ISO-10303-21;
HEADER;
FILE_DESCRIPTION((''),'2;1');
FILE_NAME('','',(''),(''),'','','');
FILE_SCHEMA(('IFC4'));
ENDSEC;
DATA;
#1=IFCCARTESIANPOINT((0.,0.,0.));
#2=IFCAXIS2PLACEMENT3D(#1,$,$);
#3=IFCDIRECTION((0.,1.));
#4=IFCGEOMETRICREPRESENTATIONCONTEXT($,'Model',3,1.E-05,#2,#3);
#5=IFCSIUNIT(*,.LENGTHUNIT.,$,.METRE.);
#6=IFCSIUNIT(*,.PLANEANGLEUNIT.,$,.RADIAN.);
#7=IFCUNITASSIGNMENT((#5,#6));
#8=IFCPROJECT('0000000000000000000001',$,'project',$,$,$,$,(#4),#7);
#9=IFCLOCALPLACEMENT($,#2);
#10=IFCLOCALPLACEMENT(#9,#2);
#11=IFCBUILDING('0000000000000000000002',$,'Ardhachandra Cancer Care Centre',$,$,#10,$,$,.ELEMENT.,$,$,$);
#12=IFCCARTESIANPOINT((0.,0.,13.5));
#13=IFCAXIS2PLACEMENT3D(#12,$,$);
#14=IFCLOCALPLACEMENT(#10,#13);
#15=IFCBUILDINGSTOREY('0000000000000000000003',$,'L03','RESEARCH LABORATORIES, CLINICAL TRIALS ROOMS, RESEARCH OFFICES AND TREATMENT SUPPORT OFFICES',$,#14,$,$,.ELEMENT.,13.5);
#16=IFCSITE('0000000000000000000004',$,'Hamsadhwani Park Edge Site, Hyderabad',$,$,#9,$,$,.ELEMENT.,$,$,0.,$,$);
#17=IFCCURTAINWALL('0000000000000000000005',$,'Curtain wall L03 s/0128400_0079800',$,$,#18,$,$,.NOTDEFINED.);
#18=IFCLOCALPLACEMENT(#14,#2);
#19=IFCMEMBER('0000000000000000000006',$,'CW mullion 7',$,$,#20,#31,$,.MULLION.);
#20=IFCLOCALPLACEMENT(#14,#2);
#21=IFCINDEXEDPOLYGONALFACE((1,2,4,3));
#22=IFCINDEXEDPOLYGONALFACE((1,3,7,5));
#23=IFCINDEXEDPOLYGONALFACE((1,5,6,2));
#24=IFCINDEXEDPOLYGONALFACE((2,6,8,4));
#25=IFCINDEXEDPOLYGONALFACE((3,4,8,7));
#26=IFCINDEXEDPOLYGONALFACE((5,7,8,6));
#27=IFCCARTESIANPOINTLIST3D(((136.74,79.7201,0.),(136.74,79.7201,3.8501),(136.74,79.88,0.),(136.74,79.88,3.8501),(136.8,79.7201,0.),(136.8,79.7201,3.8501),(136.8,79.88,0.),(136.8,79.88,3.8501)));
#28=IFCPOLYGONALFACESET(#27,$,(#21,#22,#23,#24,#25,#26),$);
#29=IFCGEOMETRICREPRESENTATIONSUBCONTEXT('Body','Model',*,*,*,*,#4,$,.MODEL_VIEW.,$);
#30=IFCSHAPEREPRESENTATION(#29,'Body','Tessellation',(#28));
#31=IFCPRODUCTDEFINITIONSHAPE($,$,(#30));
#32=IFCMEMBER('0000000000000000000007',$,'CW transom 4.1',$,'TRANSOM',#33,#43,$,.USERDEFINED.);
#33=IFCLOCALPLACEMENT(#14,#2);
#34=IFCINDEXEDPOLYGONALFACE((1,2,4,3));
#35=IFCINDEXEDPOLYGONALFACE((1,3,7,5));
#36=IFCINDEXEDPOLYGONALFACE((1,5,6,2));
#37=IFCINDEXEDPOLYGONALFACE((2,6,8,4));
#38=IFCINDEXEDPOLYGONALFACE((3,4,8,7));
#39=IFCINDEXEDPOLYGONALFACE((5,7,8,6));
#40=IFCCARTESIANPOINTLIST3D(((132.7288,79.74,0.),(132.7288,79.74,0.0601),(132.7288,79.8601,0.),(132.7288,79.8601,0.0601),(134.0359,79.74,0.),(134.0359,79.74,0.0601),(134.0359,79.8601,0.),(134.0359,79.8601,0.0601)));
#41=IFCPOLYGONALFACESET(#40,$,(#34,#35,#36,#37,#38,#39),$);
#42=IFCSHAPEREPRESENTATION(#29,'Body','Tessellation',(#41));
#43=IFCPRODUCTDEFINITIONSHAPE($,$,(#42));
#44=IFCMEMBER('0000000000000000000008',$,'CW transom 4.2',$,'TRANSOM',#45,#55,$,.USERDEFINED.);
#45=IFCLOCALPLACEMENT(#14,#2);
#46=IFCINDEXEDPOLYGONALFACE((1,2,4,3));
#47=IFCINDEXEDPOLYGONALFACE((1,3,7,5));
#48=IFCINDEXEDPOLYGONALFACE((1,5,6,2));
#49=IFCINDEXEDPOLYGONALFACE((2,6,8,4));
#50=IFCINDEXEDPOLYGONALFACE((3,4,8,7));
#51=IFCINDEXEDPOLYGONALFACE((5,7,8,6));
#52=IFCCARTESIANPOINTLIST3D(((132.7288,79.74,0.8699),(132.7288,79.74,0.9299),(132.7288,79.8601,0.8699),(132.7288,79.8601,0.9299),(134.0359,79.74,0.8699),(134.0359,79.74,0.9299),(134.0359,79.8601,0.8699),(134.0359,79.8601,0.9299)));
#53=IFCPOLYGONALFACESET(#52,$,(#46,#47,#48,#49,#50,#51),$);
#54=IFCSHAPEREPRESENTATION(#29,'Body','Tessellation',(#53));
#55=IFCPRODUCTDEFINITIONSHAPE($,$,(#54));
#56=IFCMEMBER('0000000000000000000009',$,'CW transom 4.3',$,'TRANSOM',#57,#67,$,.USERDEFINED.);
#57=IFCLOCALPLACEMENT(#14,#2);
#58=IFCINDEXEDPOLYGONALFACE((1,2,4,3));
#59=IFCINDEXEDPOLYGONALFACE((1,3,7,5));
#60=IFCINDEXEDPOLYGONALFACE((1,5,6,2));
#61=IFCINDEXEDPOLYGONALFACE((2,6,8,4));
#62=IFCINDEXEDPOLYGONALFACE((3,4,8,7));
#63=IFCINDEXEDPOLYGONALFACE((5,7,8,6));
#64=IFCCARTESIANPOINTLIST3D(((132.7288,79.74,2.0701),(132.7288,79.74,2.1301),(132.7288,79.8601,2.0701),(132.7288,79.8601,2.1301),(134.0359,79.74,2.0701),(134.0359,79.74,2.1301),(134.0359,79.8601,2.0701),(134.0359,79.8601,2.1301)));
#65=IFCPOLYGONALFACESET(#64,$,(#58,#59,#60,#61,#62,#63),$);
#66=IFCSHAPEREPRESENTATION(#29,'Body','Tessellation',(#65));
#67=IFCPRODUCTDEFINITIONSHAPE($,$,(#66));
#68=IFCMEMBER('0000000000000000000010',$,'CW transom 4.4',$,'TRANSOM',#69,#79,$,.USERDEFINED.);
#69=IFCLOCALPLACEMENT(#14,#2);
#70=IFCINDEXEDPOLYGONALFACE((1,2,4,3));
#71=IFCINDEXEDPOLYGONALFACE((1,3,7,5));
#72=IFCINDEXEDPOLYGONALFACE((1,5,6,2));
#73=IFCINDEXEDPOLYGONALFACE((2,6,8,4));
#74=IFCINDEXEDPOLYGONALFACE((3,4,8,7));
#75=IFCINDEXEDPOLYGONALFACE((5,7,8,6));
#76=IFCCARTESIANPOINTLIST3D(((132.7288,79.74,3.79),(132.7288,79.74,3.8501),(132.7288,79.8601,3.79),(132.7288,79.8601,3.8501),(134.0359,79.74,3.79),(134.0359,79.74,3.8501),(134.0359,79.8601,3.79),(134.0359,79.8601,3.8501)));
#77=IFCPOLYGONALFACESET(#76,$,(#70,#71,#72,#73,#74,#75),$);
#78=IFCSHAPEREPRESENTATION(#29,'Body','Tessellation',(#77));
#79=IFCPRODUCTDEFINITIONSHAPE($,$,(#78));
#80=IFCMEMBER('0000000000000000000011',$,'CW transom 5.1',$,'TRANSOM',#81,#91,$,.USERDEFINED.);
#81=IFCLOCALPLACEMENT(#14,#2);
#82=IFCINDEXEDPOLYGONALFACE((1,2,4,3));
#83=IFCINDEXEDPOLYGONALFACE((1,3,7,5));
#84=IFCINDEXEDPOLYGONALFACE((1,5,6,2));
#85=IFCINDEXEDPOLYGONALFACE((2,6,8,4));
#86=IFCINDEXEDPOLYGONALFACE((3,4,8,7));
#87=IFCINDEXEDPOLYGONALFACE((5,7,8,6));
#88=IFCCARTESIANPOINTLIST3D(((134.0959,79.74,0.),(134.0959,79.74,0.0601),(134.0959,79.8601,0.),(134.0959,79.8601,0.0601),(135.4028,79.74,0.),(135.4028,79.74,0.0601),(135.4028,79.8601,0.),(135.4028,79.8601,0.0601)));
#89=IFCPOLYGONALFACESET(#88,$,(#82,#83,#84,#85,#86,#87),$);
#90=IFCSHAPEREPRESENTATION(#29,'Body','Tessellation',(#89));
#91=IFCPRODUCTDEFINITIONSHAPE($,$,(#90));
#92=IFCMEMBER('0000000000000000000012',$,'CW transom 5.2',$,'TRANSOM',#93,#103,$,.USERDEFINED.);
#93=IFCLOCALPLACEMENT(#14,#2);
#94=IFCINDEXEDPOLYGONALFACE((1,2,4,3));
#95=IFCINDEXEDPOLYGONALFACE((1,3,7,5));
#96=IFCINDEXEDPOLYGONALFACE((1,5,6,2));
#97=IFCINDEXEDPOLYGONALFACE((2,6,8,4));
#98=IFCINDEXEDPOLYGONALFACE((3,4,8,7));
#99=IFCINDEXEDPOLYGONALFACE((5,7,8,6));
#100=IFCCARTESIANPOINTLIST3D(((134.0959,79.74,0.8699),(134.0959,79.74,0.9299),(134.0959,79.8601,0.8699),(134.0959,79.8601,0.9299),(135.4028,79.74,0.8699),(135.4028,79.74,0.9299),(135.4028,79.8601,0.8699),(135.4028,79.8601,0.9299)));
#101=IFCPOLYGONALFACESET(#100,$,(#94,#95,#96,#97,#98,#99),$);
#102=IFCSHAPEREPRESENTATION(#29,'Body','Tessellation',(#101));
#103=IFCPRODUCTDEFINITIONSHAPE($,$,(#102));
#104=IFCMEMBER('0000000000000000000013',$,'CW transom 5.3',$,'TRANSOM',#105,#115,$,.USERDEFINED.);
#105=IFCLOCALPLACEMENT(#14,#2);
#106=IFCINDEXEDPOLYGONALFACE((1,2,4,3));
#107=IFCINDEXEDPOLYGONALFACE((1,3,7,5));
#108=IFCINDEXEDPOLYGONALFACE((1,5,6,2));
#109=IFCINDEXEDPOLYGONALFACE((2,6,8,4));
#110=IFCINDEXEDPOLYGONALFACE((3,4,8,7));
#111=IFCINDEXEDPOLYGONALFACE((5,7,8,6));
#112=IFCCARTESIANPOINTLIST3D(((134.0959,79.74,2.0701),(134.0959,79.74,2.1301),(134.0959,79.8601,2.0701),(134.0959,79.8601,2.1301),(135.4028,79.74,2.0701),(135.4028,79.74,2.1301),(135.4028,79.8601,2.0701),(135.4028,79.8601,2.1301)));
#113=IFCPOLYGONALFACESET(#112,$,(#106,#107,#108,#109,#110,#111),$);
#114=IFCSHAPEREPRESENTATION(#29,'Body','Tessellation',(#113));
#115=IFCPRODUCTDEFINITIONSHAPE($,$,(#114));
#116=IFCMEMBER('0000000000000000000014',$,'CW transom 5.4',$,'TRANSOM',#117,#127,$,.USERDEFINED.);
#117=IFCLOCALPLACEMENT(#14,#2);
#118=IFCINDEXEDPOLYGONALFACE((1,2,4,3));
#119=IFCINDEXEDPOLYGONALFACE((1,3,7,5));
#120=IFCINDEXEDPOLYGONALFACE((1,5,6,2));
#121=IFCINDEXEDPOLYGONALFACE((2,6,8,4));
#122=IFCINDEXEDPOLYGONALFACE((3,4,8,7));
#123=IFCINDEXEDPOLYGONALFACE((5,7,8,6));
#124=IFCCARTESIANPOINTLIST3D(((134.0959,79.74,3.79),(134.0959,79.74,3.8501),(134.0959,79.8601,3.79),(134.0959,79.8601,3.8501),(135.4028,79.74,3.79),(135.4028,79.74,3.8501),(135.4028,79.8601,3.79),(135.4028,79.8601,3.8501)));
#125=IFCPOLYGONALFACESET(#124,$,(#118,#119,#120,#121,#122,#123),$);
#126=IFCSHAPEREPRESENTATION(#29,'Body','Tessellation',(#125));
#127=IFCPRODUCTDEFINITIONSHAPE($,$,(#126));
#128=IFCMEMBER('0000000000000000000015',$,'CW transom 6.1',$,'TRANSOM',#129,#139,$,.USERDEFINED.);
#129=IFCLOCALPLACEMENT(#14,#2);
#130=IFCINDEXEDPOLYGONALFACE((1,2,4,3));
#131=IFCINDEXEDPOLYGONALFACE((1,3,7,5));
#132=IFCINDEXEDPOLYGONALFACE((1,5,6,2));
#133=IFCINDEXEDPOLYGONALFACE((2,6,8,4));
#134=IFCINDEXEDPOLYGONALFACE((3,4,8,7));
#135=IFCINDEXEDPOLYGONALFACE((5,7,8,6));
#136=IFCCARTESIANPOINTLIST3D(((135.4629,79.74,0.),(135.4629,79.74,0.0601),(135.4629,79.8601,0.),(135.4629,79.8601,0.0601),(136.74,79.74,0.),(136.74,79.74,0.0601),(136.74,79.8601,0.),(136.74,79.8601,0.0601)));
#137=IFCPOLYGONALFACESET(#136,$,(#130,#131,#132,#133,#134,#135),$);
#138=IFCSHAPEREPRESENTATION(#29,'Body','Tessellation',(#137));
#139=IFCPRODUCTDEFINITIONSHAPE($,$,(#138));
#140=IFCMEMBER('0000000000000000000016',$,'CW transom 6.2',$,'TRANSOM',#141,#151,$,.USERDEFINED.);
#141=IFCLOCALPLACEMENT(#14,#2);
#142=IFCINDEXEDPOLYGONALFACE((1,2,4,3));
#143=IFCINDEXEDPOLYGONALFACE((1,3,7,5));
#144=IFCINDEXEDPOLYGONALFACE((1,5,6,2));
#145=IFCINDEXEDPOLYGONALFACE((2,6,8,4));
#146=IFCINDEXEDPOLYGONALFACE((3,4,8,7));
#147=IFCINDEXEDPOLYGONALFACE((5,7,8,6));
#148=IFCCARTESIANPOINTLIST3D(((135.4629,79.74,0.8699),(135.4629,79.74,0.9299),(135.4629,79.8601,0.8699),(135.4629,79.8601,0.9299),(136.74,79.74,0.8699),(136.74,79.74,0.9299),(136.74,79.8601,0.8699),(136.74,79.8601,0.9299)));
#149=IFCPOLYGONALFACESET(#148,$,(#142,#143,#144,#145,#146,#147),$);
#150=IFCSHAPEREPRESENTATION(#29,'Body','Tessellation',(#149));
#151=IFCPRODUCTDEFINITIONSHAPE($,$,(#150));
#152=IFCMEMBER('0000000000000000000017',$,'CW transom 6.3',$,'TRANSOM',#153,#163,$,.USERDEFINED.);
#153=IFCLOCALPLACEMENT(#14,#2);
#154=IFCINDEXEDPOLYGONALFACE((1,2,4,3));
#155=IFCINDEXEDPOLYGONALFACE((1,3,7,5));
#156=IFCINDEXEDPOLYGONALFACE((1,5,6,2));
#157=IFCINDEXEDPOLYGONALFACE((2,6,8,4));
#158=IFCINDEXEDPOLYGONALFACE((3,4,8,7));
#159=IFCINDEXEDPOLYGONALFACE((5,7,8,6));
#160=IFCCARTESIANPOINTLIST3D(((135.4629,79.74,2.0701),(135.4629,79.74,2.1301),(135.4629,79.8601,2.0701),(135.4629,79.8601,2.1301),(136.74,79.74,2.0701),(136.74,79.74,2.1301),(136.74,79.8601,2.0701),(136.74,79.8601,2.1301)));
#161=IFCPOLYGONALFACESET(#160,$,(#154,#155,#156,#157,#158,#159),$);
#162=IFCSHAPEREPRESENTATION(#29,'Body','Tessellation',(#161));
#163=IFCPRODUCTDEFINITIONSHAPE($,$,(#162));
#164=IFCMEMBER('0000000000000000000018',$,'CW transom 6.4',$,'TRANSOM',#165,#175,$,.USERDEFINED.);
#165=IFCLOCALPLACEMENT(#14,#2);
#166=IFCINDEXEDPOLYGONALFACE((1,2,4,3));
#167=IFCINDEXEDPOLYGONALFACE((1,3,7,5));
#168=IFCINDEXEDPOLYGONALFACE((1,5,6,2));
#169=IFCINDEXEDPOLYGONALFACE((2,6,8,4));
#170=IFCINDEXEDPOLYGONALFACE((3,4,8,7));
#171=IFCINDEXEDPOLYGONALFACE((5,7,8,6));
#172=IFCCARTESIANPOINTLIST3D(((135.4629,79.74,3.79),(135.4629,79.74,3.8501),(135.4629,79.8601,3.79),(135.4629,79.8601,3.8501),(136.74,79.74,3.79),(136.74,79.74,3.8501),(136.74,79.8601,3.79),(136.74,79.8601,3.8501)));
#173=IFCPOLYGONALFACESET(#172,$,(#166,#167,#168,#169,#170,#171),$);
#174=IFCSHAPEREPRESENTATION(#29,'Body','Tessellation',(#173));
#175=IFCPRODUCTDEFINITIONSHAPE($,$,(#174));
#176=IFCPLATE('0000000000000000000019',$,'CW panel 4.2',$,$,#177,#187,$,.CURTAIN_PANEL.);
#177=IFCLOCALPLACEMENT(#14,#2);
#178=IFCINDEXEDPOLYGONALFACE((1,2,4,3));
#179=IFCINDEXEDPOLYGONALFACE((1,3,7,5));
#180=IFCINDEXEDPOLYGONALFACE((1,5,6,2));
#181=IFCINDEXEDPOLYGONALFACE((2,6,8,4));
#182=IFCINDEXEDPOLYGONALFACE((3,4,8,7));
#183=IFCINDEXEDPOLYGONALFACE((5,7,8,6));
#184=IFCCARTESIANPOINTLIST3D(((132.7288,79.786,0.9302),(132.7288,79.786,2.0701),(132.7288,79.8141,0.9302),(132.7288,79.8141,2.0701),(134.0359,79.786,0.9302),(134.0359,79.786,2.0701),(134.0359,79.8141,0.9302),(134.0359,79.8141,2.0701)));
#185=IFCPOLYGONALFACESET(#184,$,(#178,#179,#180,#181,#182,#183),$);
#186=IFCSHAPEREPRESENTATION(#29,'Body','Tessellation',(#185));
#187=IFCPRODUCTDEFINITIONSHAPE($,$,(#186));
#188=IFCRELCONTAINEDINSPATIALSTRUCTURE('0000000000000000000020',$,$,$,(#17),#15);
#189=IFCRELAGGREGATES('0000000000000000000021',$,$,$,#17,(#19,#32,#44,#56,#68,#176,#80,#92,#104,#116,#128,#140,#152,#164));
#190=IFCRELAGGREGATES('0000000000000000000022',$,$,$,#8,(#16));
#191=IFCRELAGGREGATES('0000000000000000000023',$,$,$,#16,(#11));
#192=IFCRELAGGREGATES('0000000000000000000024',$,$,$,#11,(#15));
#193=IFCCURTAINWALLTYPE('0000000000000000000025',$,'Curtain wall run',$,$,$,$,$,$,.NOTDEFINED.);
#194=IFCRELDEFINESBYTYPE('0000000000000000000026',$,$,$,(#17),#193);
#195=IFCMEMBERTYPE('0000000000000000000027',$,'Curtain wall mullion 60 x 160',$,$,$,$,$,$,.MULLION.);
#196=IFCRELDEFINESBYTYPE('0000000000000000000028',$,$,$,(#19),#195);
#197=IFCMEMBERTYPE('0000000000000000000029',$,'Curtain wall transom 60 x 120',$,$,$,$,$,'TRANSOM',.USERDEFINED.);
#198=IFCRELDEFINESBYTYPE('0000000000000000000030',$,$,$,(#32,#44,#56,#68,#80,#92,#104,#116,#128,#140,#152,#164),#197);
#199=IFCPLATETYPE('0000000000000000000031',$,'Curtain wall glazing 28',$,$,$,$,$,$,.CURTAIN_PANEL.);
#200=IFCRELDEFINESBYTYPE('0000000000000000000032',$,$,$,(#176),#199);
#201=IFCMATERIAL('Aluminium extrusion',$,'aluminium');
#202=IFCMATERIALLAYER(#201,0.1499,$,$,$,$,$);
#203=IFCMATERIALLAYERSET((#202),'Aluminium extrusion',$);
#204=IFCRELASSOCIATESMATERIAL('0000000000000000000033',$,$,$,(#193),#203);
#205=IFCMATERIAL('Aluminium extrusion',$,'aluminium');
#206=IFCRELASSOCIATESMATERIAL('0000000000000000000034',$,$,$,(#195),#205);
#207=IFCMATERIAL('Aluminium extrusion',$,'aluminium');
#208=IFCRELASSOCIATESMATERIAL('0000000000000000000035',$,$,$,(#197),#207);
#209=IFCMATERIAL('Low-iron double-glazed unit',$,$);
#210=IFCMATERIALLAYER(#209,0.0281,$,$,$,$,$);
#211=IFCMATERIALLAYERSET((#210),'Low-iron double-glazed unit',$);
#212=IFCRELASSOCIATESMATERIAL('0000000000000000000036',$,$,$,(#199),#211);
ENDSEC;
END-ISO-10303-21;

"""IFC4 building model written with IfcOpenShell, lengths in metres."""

from ifc_helpers import new_model, si_unit, direction, frame, origin, origin_2d, place, context, subcontext, project, spatial, rectangle, extrude, material, layer, layer_set, material_profile, profile_set, type_object, element, aggregate, save


model = new_model("IFC4")

# Units and contexts
model_context = context("Model", 3, precision=1e-05, world=origin(), true_north=direction((0.0, 1.0)))
body_context = subcontext(model_context, "Body", "Model", "MODEL_VIEW")
ifc_project = project(units=[si_unit("LENGTHUNIT", "METRE"), si_unit("PLANEANGLEUNIT", "RADIAN")], contexts=[model_context])

# Site, building, storey
site_placement = place(None, origin())
site = spatial("IfcSite", under=ifc_project, at=site_placement, Name="Hamsadhwani Park Edge Site, Hyderabad", CompositionType="ELEMENT", RefElevation=0.0)
building_placement = place(site_placement, origin())
building = spatial("IfcBuilding", under=site, at=building_placement, Name="Ardhachandra Cancer Care Centre", CompositionType="ELEMENT")
storey_placement = place(building_placement, frame((0.0, 0.0, 13.5)))
storey = spatial("IfcBuildingStorey", under=building, at=storey_placement, Name="L03", Description="RESEARCH LABORATORIES, CLINICAL TRIALS ROOMS, RESEARCH OFFICES AND TREATMENT SUPPORT OFFICES", CompositionType="ELEMENT", Elevation=13.5)

# Curtain wall, members, plate
ifc_material_1 = material(Name="Aluminium extrusion", Category="aluminium")
ifc_layer_1 = layer(ifc_material_1, 0.1499)
ifc_layer_set_1 = layer_set([ifc_layer_1], Name="Aluminium extrusion")
curtain_wall_type = type_object("IfcCurtainWallType", Name="Curtain wall run", PredefinedType="NOTDEFINED", material=ifc_layer_set_1)
curtain_wall_placement = place(storey_placement, origin())
curtain_wall = element("IfcCurtainWall", 1, at=curtain_wall_placement, inside=storey, type_object=curtain_wall_type, Name="Curtain wall L03 s/0128400_0079800", PredefinedType="NOTDEFINED")
ifc_material_2 = material(Name="Aluminium extrusion", Category="aluminium")
ifc_material_profile_1 = material_profile(ifc_material_2, rectangle(XDim=0.1599, YDim=0.0601, at=origin_2d()), Name="Curtain wall mullion 60 x 160")
ifc_profile_set_1 = profile_set([ifc_material_profile_1], Name="Aluminium extrusion")
member_type_1 = type_object("IfcMemberType", Name="Curtain wall mullion 60 x 160", PredefinedType="MULLION", material=ifc_profile_set_1)
member_1_placement = place(storey_placement, frame((136.77, 79.8, 0.0), z_axis=(0.0, 0.0, 1.0), x_axis=(0.0, 1.0, 0.0)))
member_1 = element("IfcMember", 2, at=member_1_placement, type_object=member_type_1, Name="CW mullion 7", PredefinedType="MULLION", context=body_context, shape_type="SweptSolid", body=[
    extrude(rectangle(XDim=0.1599, YDim=0.0601, at=origin_2d()), origin(), (0.0, 0.0, 1.0), 3.8501),
])
ifc_material_3 = material(Name="Aluminium extrusion", Category="aluminium")
ifc_material_profile_2 = material_profile(ifc_material_3, rectangle(XDim=0.1201, YDim=0.0601, at=origin_2d()), Name="Curtain wall transom 60 x 120")
ifc_profile_set_2 = profile_set([ifc_material_profile_2], Name="Aluminium extrusion")
member_type_2 = type_object("IfcMemberType", Name="Curtain wall transom 60 x 120", ElementType="TRANSOM", PredefinedType="USERDEFINED", material=ifc_profile_set_2)
member_2_placement = place(storey_placement, frame((132.7288, 79.8, 0.03), z_axis=(1.0, 0.0, 0.0), x_axis=(0.0, 1.0, 0.0)))
member_2 = element("IfcMember", 3, at=member_2_placement, type_object=member_type_2, Name="CW transom 4.1", ObjectType="TRANSOM", PredefinedType="USERDEFINED", context=body_context, shape_type="SweptSolid", body=[
    extrude(rectangle(XDim=0.1201, YDim=0.0601, at=origin_2d()), origin(), (0.0, 0.0, 1.0), 1.3071),
])
member_3_placement = place(storey_placement, frame((132.7288, 79.8, 0.8999), z_axis=(1.0, 0.0, 0.0), x_axis=(0.0, 1.0, 0.0)))
member_3 = element("IfcMember", 4, at=member_3_placement, type_object=member_type_2, Name="CW transom 4.2", ObjectType="TRANSOM", PredefinedType="USERDEFINED", context=body_context, shape_type="SweptSolid", body=[
    extrude(rectangle(XDim=0.1201, YDim=0.0601, at=origin_2d()), origin(), (0.0, 0.0, 1.0), 1.3071),
])
member_4_placement = place(storey_placement, frame((132.7288, 79.8, 2.1001), z_axis=(1.0, 0.0, 0.0), x_axis=(0.0, 1.0, 0.0)))
member_4 = element("IfcMember", 5, at=member_4_placement, type_object=member_type_2, Name="CW transom 4.3", ObjectType="TRANSOM", PredefinedType="USERDEFINED", context=body_context, shape_type="SweptSolid", body=[
    extrude(rectangle(XDim=0.1201, YDim=0.0601, at=origin_2d()), origin(), (0.0, 0.0, 1.0), 1.3071),
])
member_5_placement = place(storey_placement, frame((132.7288, 79.8, 3.8201), z_axis=(1.0, 0.0, 0.0), x_axis=(0.0, 1.0, 0.0)))
member_5 = element("IfcMember", 6, at=member_5_placement, type_object=member_type_2, Name="CW transom 4.4", ObjectType="TRANSOM", PredefinedType="USERDEFINED", context=body_context, shape_type="SweptSolid", body=[
    extrude(rectangle(XDim=0.1201, YDim=0.0601, at=origin_2d()), origin(), (0.0, 0.0, 1.0), 1.3071),
])
member_6_placement = place(storey_placement, frame((134.0959, 79.8, 0.03), z_axis=(1.0, 0.0, 0.0), x_axis=(0.0, 1.0, 0.0)))
member_6 = element("IfcMember", 7, at=member_6_placement, type_object=member_type_2, Name="CW transom 5.1", ObjectType="TRANSOM", PredefinedType="USERDEFINED", context=body_context, shape_type="SweptSolid", body=[
    extrude(rectangle(XDim=0.1201, YDim=0.0601, at=origin_2d()), origin(), (0.0, 0.0, 1.0), 1.3069),
])
member_7_placement = place(storey_placement, frame((134.0959, 79.8, 0.8999), z_axis=(1.0, 0.0, 0.0), x_axis=(0.0, 1.0, 0.0)))
member_7 = element("IfcMember", 8, at=member_7_placement, type_object=member_type_2, Name="CW transom 5.2", ObjectType="TRANSOM", PredefinedType="USERDEFINED", context=body_context, shape_type="SweptSolid", body=[
    extrude(rectangle(XDim=0.1201, YDim=0.0601, at=origin_2d()), origin(), (0.0, 0.0, 1.0), 1.3069),
])
member_8_placement = place(storey_placement, frame((134.0959, 79.8, 2.1001), z_axis=(1.0, 0.0, 0.0), x_axis=(0.0, 1.0, 0.0)))
member_8 = element("IfcMember", 9, at=member_8_placement, type_object=member_type_2, Name="CW transom 5.3", ObjectType="TRANSOM", PredefinedType="USERDEFINED", context=body_context, shape_type="SweptSolid", body=[
    extrude(rectangle(XDim=0.1201, YDim=0.0601, at=origin_2d()), origin(), (0.0, 0.0, 1.0), 1.3069),
])
member_9_placement = place(storey_placement, frame((134.0959, 79.8, 3.8201), z_axis=(1.0, 0.0, 0.0), x_axis=(0.0, 1.0, 0.0)))
member_9 = element("IfcMember", 10, at=member_9_placement, type_object=member_type_2, Name="CW transom 5.4", ObjectType="TRANSOM", PredefinedType="USERDEFINED", context=body_context, shape_type="SweptSolid", body=[
    extrude(rectangle(XDim=0.1201, YDim=0.0601, at=origin_2d()), origin(), (0.0, 0.0, 1.0), 1.3069),
])
member_10_placement = place(storey_placement, frame((135.4629, 79.8, 0.03), z_axis=(1.0, 0.0, 0.0), x_axis=(0.0, 1.0, 0.0)))
member_10 = element("IfcMember", 11, at=member_10_placement, type_object=member_type_2, Name="CW transom 6.1", ObjectType="TRANSOM", PredefinedType="USERDEFINED", context=body_context, shape_type="SweptSolid", body=[
    extrude(rectangle(XDim=0.1201, YDim=0.0601, at=origin_2d()), origin(), (0.0, 0.0, 1.0), 1.2771),
])
member_11_placement = place(storey_placement, frame((135.4629, 79.8, 0.8999), z_axis=(1.0, 0.0, 0.0), x_axis=(0.0, 1.0, 0.0)))
member_11 = element("IfcMember", 12, at=member_11_placement, type_object=member_type_2, Name="CW transom 6.2", ObjectType="TRANSOM", PredefinedType="USERDEFINED", context=body_context, shape_type="SweptSolid", body=[
    extrude(rectangle(XDim=0.1201, YDim=0.0601, at=origin_2d()), origin(), (0.0, 0.0, 1.0), 1.2771),
])
member_12_placement = place(storey_placement, frame((135.4629, 79.8, 2.1001), z_axis=(1.0, 0.0, 0.0), x_axis=(0.0, 1.0, 0.0)))
member_12 = element("IfcMember", 13, at=member_12_placement, type_object=member_type_2, Name="CW transom 6.3", ObjectType="TRANSOM", PredefinedType="USERDEFINED", context=body_context, shape_type="SweptSolid", body=[
    extrude(rectangle(XDim=0.1201, YDim=0.0601, at=origin_2d()), origin(), (0.0, 0.0, 1.0), 1.2771),
])
member_13_placement = place(storey_placement, frame((135.4629, 79.8, 3.8201), z_axis=(1.0, 0.0, 0.0), x_axis=(0.0, 1.0, 0.0)))
member_13 = element("IfcMember", 14, at=member_13_placement, type_object=member_type_2, Name="CW transom 6.4", ObjectType="TRANSOM", PredefinedType="USERDEFINED", context=body_context, shape_type="SweptSolid", body=[
    extrude(rectangle(XDim=0.1201, YDim=0.0601, at=origin_2d()), origin(), (0.0, 0.0, 1.0), 1.2771),
])
ifc_material_4 = material(Name="Low-iron double-glazed unit")
ifc_layer_2 = layer(ifc_material_4, 0.0281)
ifc_layer_set_2 = layer_set([ifc_layer_2], Name="Low-iron double-glazed unit")
plate_type_1 = type_object("IfcPlateType", Name="Curtain wall glazing 28", PredefinedType="CURTAIN_PANEL", material=ifc_layer_set_2)
plate_1_placement = place(storey_placement, frame((133.3823, 79.8, 0.9302), z_axis=(0.0, 0.0, 1.0), x_axis=(1.0, 0.0, 0.0)))
plate_1 = element("IfcPlate", 15, at=plate_1_placement, type_object=plate_type_1, Name="CW panel 4.2", PredefinedType="CURTAIN_PANEL", context=body_context, shape_type="SweptSolid", body=[
    extrude(rectangle(XDim=1.3071, YDim=0.0281, at=origin_2d()), origin(), (0.0, 0.0, 1.0), 1.1399),
])
aggregate(curtain_wall, [member_1, member_2, member_3, member_4, member_5, plate_1, member_6, member_7, member_8, member_9, member_10, member_11, member_12, member_13])

save(model, "model.ifc")
